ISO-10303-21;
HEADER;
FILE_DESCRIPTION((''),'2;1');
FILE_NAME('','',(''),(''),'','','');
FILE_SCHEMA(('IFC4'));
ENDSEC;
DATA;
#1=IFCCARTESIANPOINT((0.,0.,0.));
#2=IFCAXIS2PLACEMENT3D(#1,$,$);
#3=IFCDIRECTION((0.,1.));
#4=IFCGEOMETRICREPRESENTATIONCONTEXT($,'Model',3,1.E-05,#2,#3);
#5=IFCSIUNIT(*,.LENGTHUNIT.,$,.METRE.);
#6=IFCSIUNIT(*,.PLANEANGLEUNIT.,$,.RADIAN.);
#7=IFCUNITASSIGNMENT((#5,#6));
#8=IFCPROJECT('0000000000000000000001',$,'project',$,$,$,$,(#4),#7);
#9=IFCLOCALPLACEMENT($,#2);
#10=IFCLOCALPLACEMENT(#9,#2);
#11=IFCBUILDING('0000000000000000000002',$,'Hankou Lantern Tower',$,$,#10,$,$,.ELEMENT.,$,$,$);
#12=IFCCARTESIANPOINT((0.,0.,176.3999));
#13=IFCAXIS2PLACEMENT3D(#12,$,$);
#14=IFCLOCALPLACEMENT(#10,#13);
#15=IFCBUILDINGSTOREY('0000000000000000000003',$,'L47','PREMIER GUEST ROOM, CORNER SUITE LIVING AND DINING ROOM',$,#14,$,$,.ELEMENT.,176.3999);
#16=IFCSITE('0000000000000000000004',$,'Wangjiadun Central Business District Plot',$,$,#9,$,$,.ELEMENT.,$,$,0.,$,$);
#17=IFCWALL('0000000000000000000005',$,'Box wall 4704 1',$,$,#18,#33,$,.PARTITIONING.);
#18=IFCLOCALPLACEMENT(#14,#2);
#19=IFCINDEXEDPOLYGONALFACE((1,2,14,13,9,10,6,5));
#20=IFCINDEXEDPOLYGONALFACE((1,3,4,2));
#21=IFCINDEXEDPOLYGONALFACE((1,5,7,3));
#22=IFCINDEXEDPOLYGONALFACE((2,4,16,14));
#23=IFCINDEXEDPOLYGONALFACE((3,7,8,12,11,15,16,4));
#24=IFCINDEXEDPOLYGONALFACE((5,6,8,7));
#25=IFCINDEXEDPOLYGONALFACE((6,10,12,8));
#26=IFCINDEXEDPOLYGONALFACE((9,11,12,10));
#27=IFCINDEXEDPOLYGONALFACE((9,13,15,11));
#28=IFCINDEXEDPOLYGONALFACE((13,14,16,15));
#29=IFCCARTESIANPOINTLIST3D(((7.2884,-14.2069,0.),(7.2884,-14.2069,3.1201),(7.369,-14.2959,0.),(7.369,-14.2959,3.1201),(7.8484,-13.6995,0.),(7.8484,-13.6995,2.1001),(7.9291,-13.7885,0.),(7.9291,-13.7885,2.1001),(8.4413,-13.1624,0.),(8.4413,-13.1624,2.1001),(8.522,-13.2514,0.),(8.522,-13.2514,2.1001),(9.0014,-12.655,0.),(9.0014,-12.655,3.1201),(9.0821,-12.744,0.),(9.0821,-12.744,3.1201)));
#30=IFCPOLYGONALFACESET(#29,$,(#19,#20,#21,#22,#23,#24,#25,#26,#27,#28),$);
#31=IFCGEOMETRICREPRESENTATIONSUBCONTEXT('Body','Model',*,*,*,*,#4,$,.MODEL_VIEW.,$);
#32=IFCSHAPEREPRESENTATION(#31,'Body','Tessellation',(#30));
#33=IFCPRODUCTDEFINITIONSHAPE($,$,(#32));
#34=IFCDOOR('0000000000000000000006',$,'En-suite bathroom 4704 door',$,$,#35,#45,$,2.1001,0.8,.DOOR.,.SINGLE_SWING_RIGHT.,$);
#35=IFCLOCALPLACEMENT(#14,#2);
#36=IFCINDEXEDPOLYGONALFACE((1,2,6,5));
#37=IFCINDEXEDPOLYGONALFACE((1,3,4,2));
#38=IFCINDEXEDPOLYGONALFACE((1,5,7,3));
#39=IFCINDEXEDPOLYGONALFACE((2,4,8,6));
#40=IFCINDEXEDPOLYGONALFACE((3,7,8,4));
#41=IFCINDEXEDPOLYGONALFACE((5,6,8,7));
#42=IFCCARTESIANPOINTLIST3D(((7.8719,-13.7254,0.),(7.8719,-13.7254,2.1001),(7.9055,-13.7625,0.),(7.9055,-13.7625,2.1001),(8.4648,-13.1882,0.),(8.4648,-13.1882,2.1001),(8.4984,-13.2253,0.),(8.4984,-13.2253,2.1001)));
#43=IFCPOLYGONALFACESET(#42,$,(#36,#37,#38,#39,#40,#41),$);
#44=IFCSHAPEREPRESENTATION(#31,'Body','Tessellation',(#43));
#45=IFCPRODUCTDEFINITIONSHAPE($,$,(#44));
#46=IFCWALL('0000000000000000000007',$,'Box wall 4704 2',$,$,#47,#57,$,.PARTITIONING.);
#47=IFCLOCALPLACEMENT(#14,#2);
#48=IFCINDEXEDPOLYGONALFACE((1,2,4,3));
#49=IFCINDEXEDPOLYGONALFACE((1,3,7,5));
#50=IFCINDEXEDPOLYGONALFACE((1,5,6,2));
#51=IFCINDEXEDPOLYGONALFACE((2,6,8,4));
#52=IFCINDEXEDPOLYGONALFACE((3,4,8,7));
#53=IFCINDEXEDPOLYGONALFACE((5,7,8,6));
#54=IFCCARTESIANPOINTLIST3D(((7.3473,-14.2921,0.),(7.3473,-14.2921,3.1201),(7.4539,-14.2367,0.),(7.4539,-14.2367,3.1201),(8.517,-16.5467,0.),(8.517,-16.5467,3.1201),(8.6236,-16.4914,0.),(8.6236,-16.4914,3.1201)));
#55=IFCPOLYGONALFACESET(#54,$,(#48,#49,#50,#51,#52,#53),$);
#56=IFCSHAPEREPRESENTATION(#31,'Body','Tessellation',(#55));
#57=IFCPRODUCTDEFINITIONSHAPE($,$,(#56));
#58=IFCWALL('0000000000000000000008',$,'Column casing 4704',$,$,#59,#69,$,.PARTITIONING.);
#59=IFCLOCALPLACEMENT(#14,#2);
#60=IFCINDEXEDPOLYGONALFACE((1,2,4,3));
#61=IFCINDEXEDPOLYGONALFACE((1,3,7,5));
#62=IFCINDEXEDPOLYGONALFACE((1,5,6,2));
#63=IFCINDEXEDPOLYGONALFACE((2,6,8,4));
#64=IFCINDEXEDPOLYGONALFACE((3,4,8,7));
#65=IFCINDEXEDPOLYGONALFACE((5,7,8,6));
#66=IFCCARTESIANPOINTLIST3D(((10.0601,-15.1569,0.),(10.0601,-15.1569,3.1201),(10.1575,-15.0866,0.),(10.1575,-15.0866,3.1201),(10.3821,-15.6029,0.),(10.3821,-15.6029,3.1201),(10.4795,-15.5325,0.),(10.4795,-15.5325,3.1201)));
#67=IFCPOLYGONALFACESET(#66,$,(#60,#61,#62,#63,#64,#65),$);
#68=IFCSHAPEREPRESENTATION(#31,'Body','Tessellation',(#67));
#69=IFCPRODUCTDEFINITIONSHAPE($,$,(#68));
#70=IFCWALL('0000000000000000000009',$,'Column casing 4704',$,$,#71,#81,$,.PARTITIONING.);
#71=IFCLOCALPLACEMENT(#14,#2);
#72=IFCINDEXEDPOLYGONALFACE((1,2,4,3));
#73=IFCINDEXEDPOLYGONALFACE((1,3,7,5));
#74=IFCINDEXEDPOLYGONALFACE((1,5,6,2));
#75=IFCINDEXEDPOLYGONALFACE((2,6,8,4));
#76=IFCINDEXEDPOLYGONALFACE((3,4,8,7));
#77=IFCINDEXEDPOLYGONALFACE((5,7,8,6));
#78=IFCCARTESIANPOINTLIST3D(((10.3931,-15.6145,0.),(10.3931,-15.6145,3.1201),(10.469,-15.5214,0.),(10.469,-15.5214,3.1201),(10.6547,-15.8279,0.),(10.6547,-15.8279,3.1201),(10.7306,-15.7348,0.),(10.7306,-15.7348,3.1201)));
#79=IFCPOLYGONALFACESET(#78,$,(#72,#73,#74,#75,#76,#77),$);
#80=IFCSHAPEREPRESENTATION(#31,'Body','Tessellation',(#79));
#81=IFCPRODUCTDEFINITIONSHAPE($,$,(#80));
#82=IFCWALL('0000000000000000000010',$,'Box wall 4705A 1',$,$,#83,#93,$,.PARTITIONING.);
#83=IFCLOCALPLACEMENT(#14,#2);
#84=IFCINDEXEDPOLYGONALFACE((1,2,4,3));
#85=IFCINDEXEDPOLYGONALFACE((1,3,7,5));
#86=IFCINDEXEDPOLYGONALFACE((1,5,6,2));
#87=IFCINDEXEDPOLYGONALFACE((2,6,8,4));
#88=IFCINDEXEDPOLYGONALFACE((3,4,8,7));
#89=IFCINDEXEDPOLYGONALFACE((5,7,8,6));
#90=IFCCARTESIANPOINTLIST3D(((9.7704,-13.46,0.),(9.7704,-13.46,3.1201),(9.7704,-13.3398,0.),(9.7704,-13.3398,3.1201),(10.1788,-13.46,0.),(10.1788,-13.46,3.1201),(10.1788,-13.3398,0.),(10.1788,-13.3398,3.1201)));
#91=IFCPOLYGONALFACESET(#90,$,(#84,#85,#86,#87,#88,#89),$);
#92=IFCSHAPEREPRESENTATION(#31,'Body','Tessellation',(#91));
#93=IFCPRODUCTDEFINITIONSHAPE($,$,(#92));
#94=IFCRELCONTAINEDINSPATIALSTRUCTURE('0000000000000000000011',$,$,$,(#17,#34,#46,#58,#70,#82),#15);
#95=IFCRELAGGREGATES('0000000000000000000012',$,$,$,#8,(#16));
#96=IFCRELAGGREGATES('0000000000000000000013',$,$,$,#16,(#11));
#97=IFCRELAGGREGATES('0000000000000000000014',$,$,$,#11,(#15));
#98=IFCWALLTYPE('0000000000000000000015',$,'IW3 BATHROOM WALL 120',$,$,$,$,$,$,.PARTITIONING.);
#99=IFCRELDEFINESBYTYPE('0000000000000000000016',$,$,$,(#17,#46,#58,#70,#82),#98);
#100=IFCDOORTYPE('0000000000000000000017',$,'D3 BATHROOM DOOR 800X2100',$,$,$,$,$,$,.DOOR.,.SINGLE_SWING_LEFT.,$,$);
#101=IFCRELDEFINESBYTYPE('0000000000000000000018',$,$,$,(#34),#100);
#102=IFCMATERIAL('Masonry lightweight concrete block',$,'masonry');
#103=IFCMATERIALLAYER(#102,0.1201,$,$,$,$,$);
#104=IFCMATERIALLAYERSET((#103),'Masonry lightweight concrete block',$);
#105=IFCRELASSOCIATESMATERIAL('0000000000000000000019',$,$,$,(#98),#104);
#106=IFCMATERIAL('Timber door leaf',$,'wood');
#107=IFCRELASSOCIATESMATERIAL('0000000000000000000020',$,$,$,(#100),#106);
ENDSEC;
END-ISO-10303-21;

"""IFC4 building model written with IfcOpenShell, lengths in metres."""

from ifc_helpers import new_model, si_unit, direction, frame, frame_2d, origin, place, context, subcontext, project, spatial, rectangle, extrude, material, layer, layer_set, type_object, element, fill, save


model = new_model("IFC4")

# Units and contexts
model_context = context("Model", 3, precision=1e-05, world=origin(), true_north=direction((0.0, 1.0)))
body_context = subcontext(model_context, "Body", "Model", "MODEL_VIEW")
ifc_project = project(units=[si_unit("LENGTHUNIT", "METRE"), si_unit("PLANEANGLEUNIT", "RADIAN")], contexts=[model_context])

# Site, building, storey
site_placement = place(None, origin())
site = spatial("IfcSite", under=ifc_project, at=site_placement, Name="Wangjiadun Central Business District Plot", CompositionType="ELEMENT", RefElevation=0.0)
building_placement = place(site_placement, origin())
building = spatial("IfcBuilding", under=site, at=building_placement, Name="Hankou Lantern Tower", CompositionType="ELEMENT")
storey_placement = place(building_placement, frame((0.0, 0.0, 176.3999)))
storey = spatial("IfcBuildingStorey", under=building, at=storey_placement, Name="L47", Description="PREMIER GUEST ROOM, CORNER SUITE LIVING AND DINING ROOM", CompositionType="ELEMENT", Elevation=176.3999)

# Wall, opening, door
ifc_material_1 = material(Name="Masonry lightweight concrete block", Category="masonry")
ifc_layer_1 = layer(ifc_material_1, 0.1201)
ifc_layer_set_1 = layer_set([ifc_layer_1], Name="Masonry lightweight concrete block")
wall_type_1 = type_object("IfcWallType", Name="IW3 BATHROOM WALL 120", PredefinedType="PARTITIONING", material=ifc_layer_set_1)
wall_1_placement = place(storey_placement, frame((9.0417, -12.6995, 0.0), z_axis=(0.0, 0.0, 1.0), x_axis=(-0.7411, -0.671394, 0.0)))
wall_1 = element("IfcWall", 1, at=wall_1_placement, inside=storey, type_object=wall_type_1, Name="Box wall 4704 1", PredefinedType="PARTITIONING", context=body_context, shape_type="SweptSolid", body=[
    extrude(rectangle(XDim=2.3115, YDim=0.1201, at=frame_2d((1.1558, 0.0))), origin(), (0.0, 0.0, 1.0), 3.1201),
])
opening_1_placement = place(wall_1_placement, frame((0.7559, 0.0, 0.0)))
opening_1 = element("IfcOpeningElement", 2, at=opening_1_placement, cuts=wall_1, PredefinedType="OPENING", context=body_context, shape_type="SweptSolid", body=[
    extrude(rectangle(XDim=0.8, YDim=2.1001, at=frame_2d((0.3999, 1.05))), frame((0.0, 0.0701, 0.0), z_axis=(0.0, -1.0, 0.0), x_axis=(1.0, 0.0, 0.0)), (0.0, 0.0, 1.0), 0.1401),
])
ifc_material_2 = material(Name="Timber door leaf", Category="wood")
door_type_1 = type_object("IfcDoorType", Name="D3 BATHROOM DOOR 800X2100", OperationType="SINGLE_SWING_LEFT", PredefinedType="DOOR", material=ifc_material_2)
door_1_placement = place(opening_1_placement, origin())
door_1 = element("IfcDoor", 3, at=door_1_placement, inside=storey, type_object=door_type_1, Name="En-suite bathroom 4704 door", OperationType="SINGLE_SWING_RIGHT", OverallHeight=2.1001, OverallWidth=0.8, PredefinedType="DOOR", context=body_context, shape_type="SweptSolid", body=[
    extrude(rectangle(XDim=0.8, YDim=2.1001, at=frame_2d((0.3999, 1.05))), frame((0.0, 0.0249, 0.0), z_axis=(0.0, -1.0, 0.0), x_axis=(1.0, 0.0, 0.0)), (0.0, 0.0, 1.0), 0.05),
])
fill(opening_1, door_1)

# Walls
wall_2_placement = place(storey_placement, frame((7.4006, -14.2644, 0.0), z_axis=(0.0, 0.0, 1.0), x_axis=(0.460505, -0.887657, 0.0)))
element("IfcWall", 4, at=wall_2_placement, inside=storey, type_object=wall_type_1, Name="Box wall 4704 2", PredefinedType="PARTITIONING", context=body_context, shape_type="SweptSolid", body=[
    extrude(rectangle(XDim=2.54, YDim=0.1201, at=frame_2d((1.27, 0.0))), origin(), (0.0, 0.0, 1.0), 3.1201),
])
wall_3_placement = place(storey_placement, frame((10.1089, -15.1218, 0.0), z_axis=(0.0, 0.0, 1.0), x_axis=(0.585345, -0.810785, 0.0)))
element("IfcWall", 5, at=wall_3_placement, inside=storey, type_object=wall_type_1, Name="Column casing 4704", PredefinedType="PARTITIONING", context=body_context, shape_type="SweptSolid", body=[
    extrude(rectangle(XDim=0.55, YDim=0.1201, at=frame_2d((0.2749, 0.0))), origin(), (0.0, 0.0, 1.0), 3.1201),
])
wall_4_placement = place(storey_placement, frame((10.4309, -15.5679, 0.0), z_axis=(0.0, 0.0, 1.0), x_axis=(0.775051, -0.631898, 0.0)))
element("IfcWall", 6, at=wall_4_placement, inside=storey, type_object=wall_type_1, Name="Column casing 4704", PredefinedType="PARTITIONING", context=body_context, shape_type="SweptSolid", body=[
    extrude(rectangle(XDim=0.3376, YDim=0.1201, at=frame_2d((0.1689, 0.0))), origin(), (0.0, 0.0, 1.0), 3.1201),
])
wall_5_placement = place(storey_placement, frame((9.7705, -13.3999, 0.0), z_axis=(0.0, 0.0, 1.0), x_axis=(1.0, 0.0, 0.0)))
element("IfcWall", 7, at=wall_5_placement, inside=storey, type_object=wall_type_1, Name="Box wall 4705A 1", PredefinedType="PARTITIONING", context=body_context, shape_type="SweptSolid", body=[
    extrude(rectangle(XDim=0.4084, YDim=0.1201, at=frame_2d((0.2041, 0.0))), origin(), (0.0, 0.0, 1.0), 3.1201),
])

save(model, "model.ifc")
